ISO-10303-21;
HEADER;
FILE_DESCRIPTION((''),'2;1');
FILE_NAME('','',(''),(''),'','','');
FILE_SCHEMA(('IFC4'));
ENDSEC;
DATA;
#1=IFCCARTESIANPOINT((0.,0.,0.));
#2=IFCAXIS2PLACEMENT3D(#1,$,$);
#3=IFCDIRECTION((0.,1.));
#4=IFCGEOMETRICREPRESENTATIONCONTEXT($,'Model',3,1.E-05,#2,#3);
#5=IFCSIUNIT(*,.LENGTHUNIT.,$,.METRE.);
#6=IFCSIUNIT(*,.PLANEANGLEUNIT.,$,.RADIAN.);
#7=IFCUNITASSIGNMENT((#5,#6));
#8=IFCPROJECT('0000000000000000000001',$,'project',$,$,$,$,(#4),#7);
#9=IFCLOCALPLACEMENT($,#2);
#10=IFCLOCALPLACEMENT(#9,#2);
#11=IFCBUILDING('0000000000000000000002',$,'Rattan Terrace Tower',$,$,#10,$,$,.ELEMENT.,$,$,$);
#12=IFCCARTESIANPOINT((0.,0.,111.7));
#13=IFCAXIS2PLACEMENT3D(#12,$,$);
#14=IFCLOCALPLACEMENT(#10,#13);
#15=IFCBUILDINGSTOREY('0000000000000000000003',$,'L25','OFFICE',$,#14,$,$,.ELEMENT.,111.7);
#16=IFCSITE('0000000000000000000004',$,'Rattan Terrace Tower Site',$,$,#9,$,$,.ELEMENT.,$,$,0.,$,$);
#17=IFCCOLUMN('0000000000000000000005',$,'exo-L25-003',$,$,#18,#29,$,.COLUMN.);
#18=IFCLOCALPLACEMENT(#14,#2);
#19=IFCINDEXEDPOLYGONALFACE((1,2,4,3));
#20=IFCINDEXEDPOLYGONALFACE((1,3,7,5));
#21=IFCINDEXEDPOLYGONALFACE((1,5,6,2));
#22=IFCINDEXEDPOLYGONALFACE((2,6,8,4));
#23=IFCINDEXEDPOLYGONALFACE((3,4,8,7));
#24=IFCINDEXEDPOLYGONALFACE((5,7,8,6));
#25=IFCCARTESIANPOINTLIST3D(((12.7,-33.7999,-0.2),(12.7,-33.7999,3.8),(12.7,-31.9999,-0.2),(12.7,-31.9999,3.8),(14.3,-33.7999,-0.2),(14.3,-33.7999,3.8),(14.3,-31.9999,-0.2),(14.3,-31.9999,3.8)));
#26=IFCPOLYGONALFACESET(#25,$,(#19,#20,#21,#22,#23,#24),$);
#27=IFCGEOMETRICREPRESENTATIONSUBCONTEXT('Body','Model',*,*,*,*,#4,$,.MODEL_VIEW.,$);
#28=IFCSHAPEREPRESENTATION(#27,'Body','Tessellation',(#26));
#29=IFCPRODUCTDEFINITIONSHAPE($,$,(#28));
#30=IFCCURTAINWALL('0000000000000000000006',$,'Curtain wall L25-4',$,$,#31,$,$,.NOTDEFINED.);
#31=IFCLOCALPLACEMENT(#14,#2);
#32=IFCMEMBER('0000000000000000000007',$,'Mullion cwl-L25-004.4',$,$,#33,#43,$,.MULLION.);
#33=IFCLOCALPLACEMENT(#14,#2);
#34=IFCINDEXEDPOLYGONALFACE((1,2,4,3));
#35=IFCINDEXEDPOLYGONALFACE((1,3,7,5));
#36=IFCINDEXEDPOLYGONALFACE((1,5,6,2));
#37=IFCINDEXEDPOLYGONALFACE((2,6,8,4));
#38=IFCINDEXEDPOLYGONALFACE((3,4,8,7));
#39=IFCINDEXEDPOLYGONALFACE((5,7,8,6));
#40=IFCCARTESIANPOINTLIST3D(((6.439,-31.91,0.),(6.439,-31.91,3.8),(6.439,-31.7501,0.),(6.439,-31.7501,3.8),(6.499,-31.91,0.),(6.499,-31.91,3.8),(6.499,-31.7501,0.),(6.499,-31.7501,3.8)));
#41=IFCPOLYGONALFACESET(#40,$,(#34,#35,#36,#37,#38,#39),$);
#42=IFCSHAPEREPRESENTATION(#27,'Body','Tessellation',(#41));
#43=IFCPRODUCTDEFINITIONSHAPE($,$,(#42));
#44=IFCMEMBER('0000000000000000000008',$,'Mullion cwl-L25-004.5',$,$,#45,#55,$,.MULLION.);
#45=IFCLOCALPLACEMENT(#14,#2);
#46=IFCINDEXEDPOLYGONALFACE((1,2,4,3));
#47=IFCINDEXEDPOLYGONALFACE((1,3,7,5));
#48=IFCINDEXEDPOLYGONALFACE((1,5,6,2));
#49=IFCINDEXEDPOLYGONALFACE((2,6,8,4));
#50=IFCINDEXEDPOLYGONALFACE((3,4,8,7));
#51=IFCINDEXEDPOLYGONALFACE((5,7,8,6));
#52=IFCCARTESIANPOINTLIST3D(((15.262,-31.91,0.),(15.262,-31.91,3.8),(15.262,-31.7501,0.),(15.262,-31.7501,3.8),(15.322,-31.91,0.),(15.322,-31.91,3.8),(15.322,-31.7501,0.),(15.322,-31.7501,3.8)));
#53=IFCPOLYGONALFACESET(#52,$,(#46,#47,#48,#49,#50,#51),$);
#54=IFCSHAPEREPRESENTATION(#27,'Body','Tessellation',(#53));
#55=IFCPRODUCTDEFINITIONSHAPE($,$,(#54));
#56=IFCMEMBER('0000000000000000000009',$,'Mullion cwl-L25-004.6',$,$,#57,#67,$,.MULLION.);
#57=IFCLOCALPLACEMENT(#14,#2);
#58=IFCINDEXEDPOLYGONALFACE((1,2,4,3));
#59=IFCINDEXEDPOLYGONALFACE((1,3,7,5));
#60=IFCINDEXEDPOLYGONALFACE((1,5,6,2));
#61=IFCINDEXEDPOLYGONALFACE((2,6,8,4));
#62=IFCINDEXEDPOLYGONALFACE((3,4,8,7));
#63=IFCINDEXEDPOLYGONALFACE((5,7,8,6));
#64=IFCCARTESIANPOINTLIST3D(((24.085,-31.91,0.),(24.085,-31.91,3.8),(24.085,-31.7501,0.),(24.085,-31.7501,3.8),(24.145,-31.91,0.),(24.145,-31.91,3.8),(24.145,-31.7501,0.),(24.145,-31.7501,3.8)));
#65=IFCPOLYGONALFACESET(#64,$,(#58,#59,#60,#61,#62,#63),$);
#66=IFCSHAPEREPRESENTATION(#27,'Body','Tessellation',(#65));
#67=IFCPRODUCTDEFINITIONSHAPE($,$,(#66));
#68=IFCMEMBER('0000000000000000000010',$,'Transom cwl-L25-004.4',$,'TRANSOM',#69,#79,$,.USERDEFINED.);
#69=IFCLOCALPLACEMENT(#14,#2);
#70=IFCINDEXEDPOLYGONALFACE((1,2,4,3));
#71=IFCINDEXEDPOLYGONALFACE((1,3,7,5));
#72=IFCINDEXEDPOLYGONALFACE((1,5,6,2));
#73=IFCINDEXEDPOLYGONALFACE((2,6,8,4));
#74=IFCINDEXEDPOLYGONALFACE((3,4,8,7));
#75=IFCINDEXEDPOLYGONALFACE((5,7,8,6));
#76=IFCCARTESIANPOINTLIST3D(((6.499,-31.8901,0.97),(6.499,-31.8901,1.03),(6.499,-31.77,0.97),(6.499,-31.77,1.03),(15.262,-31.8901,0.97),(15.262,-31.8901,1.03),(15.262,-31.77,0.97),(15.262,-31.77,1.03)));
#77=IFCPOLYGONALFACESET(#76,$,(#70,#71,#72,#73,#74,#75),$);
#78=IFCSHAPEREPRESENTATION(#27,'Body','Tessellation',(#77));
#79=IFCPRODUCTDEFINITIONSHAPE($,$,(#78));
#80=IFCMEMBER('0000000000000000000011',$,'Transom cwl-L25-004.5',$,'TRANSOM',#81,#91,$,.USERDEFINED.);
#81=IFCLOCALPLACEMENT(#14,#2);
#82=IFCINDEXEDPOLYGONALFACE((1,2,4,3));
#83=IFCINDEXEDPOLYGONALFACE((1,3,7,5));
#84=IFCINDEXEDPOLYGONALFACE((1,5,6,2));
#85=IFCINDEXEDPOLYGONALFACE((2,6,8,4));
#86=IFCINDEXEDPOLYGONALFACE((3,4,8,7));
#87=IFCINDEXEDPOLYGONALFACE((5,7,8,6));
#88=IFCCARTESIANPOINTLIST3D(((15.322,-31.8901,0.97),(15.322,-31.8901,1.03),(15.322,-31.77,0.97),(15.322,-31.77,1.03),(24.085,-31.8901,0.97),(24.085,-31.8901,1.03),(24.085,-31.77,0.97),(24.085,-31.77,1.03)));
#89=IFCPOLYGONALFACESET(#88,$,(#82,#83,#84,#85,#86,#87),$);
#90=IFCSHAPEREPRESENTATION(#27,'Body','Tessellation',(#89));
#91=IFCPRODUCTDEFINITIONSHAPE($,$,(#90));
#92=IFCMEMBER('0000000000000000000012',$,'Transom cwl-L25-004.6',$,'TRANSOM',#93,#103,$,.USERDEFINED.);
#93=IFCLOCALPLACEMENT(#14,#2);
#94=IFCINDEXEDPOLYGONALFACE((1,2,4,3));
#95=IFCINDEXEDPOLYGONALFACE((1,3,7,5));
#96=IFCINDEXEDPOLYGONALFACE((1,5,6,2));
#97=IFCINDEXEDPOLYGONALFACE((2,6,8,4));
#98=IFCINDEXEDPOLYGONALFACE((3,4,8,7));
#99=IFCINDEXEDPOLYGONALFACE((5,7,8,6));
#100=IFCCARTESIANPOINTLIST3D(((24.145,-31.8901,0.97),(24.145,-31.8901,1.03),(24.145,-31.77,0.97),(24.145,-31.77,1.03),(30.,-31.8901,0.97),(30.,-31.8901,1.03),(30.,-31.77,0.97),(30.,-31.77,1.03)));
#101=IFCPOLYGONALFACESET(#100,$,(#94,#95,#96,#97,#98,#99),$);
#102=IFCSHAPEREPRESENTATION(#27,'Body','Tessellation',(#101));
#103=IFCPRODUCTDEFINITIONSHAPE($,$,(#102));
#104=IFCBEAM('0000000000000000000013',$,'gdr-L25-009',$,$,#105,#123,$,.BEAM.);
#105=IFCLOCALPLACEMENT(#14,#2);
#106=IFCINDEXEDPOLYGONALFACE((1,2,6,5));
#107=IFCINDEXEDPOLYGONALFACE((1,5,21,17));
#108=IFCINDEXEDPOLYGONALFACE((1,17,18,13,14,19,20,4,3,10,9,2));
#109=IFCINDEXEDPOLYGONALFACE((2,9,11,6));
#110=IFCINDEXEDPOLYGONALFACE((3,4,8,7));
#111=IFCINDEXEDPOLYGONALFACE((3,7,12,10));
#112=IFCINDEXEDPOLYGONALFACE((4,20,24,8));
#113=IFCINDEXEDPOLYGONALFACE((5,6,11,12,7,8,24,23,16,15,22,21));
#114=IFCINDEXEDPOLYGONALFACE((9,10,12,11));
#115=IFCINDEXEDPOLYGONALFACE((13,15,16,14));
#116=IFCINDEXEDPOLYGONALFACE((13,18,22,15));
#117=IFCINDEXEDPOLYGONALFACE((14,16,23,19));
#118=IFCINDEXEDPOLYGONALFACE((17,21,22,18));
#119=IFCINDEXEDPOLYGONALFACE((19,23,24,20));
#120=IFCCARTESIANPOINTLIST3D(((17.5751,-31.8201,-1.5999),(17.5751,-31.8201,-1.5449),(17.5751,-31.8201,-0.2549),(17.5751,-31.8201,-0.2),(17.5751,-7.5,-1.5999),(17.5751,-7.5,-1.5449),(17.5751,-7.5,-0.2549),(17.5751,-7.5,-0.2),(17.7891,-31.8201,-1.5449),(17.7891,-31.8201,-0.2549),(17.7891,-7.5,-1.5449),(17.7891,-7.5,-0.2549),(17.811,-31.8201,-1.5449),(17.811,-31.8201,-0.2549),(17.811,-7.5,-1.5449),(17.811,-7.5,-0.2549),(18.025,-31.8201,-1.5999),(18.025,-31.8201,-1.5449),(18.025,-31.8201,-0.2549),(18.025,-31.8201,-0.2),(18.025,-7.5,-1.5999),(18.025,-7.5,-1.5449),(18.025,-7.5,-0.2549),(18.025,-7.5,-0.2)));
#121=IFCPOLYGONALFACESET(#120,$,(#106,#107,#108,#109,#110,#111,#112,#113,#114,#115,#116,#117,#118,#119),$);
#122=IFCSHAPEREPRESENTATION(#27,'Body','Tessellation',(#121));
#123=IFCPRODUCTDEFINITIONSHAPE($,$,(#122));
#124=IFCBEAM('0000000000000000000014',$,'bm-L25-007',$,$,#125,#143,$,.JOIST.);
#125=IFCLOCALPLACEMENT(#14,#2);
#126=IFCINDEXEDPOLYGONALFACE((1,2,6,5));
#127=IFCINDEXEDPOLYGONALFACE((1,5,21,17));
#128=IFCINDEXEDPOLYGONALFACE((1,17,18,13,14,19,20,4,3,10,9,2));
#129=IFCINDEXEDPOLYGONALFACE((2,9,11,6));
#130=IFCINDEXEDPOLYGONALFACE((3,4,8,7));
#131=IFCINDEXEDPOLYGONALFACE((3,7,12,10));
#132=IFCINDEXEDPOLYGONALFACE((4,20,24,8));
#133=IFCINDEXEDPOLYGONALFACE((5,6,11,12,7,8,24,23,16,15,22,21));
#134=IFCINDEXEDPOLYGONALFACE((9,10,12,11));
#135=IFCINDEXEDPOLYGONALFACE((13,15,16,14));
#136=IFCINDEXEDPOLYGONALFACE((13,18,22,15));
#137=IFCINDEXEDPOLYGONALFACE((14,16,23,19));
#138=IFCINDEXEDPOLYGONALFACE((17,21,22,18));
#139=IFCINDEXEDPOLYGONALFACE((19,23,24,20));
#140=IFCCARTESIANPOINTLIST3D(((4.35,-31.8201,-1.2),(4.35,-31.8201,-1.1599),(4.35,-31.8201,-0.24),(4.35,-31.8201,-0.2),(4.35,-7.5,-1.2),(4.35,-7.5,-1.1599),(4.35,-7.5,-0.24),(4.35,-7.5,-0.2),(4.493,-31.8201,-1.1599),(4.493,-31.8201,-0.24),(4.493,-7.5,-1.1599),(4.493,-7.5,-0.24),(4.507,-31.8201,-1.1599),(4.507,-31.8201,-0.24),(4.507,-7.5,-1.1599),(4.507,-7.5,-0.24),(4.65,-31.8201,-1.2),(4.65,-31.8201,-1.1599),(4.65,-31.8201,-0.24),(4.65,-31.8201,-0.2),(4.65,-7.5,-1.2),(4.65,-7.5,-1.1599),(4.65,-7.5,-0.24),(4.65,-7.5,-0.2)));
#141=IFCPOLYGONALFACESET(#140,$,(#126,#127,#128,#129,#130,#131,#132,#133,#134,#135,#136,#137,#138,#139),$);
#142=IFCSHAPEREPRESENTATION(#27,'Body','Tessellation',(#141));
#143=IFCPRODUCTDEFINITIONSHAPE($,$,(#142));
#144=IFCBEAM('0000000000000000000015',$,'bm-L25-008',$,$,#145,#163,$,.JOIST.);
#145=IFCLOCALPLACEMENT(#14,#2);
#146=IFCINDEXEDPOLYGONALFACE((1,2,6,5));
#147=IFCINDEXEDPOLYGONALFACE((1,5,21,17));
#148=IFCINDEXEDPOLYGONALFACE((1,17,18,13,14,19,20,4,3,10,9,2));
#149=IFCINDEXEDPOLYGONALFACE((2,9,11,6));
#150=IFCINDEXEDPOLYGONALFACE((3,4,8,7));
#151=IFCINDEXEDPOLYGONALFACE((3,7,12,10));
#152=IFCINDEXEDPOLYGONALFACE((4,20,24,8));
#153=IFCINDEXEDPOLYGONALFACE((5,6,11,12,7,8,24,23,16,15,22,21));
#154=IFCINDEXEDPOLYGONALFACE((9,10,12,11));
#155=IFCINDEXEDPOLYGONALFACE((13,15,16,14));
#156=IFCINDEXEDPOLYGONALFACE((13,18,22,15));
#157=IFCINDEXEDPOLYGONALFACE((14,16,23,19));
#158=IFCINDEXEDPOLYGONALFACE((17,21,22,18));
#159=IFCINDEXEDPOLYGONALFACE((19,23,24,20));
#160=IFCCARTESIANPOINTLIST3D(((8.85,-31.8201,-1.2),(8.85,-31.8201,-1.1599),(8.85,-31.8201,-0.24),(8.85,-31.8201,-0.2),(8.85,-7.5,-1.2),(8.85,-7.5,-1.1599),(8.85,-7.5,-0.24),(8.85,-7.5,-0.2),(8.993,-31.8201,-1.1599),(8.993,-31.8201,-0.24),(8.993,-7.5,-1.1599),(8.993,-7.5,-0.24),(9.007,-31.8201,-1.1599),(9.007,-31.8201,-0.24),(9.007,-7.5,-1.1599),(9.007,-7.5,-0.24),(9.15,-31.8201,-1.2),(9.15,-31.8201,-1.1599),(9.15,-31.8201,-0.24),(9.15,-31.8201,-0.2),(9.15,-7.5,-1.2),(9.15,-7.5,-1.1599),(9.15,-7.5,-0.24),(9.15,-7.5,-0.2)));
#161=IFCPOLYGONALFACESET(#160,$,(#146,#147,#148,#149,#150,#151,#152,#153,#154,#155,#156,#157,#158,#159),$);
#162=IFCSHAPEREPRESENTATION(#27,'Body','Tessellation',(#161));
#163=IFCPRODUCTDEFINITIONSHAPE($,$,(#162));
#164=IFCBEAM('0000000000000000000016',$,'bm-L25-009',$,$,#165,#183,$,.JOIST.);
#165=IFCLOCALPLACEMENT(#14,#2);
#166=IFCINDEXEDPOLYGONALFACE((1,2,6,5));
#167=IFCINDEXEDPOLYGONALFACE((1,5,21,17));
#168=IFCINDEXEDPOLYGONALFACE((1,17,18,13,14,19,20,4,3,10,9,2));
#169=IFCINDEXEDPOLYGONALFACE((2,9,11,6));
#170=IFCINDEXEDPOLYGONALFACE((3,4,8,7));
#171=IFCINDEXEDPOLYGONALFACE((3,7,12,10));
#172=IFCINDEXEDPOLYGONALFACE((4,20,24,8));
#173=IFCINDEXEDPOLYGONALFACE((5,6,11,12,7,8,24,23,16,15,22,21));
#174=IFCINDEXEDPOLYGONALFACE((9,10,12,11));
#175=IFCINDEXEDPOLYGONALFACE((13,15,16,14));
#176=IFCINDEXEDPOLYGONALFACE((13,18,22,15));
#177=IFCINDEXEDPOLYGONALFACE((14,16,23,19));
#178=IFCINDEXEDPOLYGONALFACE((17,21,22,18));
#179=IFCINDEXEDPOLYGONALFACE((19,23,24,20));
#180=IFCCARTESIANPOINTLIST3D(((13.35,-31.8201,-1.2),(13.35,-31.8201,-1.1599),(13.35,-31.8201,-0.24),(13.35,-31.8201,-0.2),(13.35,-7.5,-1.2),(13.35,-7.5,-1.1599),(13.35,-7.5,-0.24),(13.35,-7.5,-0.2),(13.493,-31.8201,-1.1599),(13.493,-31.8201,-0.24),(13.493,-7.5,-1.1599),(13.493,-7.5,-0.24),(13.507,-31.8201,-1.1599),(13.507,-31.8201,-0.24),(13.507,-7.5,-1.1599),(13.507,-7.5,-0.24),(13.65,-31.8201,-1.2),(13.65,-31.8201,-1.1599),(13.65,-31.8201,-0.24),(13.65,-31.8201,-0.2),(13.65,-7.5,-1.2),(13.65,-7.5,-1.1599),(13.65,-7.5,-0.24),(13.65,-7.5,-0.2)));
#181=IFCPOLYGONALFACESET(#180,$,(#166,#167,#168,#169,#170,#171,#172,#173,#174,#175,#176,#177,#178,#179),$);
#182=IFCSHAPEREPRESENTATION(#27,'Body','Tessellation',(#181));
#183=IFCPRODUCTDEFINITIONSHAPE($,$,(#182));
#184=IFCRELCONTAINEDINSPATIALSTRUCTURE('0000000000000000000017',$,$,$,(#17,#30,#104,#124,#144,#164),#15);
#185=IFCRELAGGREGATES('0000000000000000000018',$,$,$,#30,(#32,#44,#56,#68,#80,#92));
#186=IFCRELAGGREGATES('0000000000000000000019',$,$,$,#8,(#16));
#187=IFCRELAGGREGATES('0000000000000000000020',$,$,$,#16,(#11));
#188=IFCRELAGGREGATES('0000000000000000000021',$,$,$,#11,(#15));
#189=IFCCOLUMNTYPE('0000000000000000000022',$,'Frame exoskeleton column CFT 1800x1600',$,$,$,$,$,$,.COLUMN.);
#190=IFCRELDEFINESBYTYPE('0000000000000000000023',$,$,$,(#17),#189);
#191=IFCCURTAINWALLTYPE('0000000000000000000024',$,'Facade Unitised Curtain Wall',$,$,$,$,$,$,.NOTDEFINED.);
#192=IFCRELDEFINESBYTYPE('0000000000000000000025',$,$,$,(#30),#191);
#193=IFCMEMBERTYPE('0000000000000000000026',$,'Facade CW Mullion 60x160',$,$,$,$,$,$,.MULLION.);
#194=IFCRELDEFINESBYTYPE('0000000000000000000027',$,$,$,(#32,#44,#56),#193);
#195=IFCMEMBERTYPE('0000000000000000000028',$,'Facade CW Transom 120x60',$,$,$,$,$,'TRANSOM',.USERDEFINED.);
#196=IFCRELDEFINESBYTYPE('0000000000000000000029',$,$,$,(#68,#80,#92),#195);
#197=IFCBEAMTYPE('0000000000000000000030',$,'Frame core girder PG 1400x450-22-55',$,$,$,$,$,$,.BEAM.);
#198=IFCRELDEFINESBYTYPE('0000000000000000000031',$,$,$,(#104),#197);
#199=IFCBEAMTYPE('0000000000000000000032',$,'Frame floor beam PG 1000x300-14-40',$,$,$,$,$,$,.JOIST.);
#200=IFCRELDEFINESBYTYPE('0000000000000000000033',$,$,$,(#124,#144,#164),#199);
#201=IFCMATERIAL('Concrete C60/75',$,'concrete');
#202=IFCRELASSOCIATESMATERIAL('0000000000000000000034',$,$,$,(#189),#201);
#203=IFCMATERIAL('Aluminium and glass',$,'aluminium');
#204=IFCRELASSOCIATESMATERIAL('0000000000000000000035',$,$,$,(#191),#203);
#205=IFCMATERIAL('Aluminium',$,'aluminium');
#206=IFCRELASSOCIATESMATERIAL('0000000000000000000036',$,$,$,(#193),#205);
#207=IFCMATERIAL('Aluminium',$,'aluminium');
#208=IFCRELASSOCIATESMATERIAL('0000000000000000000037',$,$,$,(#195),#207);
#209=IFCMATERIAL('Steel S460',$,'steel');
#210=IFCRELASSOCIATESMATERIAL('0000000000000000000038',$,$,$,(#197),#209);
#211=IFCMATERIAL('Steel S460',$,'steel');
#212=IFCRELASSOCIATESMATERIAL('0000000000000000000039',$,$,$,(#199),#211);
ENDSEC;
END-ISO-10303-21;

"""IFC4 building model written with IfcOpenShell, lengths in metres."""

from ifc_helpers import new_model, si_unit, direction, frame, origin, origin_2d, place, context, subcontext, project, spatial, rectangle, i_section, extrude, material, material_profile, profile_set, type_object, element, aggregate, save


model = new_model("IFC4")

# Units and contexts
model_context = context("Model", 3, precision=1e-05, world=origin(), true_north=direction((0.0, 1.0)))
body_context = subcontext(model_context, "Body", "Model", "MODEL_VIEW")
ifc_project = project(units=[si_unit("LENGTHUNIT", "METRE"), si_unit("PLANEANGLEUNIT", "RADIAN")], contexts=[model_context])

# Site, building, storey
site_placement = place(None, origin())
site = spatial("IfcSite", under=ifc_project, at=site_placement, Name="Rattan Terrace Tower Site", CompositionType="ELEMENT", RefElevation=0.0)
building_placement = place(site_placement, origin())
building = spatial("IfcBuilding", under=site, at=building_placement, Name="Rattan Terrace Tower", CompositionType="ELEMENT")
storey_placement = place(building_placement, frame((0.0, 0.0, 111.7)))
storey = spatial("IfcBuildingStorey", under=building, at=storey_placement, Name="L25", Description="OFFICE", CompositionType="ELEMENT", Elevation=111.7)

# Column
ifc_material_1 = material(Name="Concrete C60/75", Category="concrete")
ifc_material_profile_1 = material_profile(ifc_material_1, rectangle(XDim=1.6001, YDim=1.8, at=origin_2d()), Name="CFT 1800x1600")
ifc_profile_set_1 = profile_set([ifc_material_profile_1], Name="Concrete C60/75")
column_type = type_object("IfcColumnType", Name="Frame exoskeleton column CFT 1800x1600", PredefinedType="COLUMN", material=ifc_profile_set_1)
column_placement = place(storey_placement, frame((13.5, -32.8999, -0.2), z_axis=(0.0, 0.0, 1.0), x_axis=(1.0, 0.0, 0.0)))
element("IfcColumn", 1, at=column_placement, inside=storey, type_object=column_type, Name="exo-L25-003", PredefinedType="COLUMN", context=body_context, shape_type="SweptSolid", body=[
    extrude(rectangle(XDim=1.6001, YDim=1.8, at=origin_2d()), origin(), (0.0, 0.0, 1.0), 4.0),
])

# Curtain wall, members
ifc_material_2 = material(Name="Aluminium and glass", Category="aluminium")
curtain_wall_type = type_object("IfcCurtainWallType", Name="Facade Unitised Curtain Wall", PredefinedType="NOTDEFINED", material=ifc_material_2)
curtain_wall_placement = place(storey_placement, origin())
curtain_wall = element("IfcCurtainWall", 2, at=curtain_wall_placement, inside=storey, type_object=curtain_wall_type, Name="Curtain wall L25-4", PredefinedType="NOTDEFINED")
ifc_material_3 = material(Name="Aluminium", Category="aluminium")
ifc_material_profile_2 = material_profile(ifc_material_3, rectangle(XDim=0.0601, YDim=0.1599, at=origin_2d()), Name="Aluminium 60x160")
ifc_profile_set_2 = profile_set([ifc_material_profile_2], Name="Aluminium")
member_type_1 = type_object("IfcMemberType", Name="Facade CW Mullion 60x160", PredefinedType="MULLION", material=ifc_profile_set_2)
member_1_placement = place(storey_placement, frame((6.469, -31.8301, 0.0), z_axis=(0.0, 0.0, 1.0), x_axis=(1.0, 0.0, 0.0)))
member_1 = element("IfcMember", 3, at=member_1_placement, type_object=member_type_1, Name="Mullion cwl-L25-004.4", PredefinedType="MULLION", context=body_context, shape_type="SweptSolid", body=[
    extrude(rectangle(XDim=0.0601, YDim=0.1599, at=origin_2d()), origin(), (0.0, 0.0, 1.0), 3.8),
])
member_2_placement = place(storey_placement, frame((15.292, -31.8301, 0.0), z_axis=(0.0, 0.0, 1.0), x_axis=(1.0, 0.0, 0.0)))
member_2 = element("IfcMember", 4, at=member_2_placement, type_object=member_type_1, Name="Mullion cwl-L25-004.5", PredefinedType="MULLION", context=body_context, shape_type="SweptSolid", body=[
    extrude(rectangle(XDim=0.0601, YDim=0.1599, at=origin_2d()), origin(), (0.0, 0.0, 1.0), 3.8),
])
member_3_placement = place(storey_placement, frame((24.115, -31.8301, 0.0), z_axis=(0.0, 0.0, 1.0), x_axis=(1.0, 0.0, 0.0)))
member_3 = element("IfcMember", 5, at=member_3_placement, type_object=member_type_1, Name="Mullion cwl-L25-004.6", PredefinedType="MULLION", context=body_context, shape_type="SweptSolid", body=[
    extrude(rectangle(XDim=0.0601, YDim=0.1599, at=origin_2d()), origin(), (0.0, 0.0, 1.0), 3.8),
])
ifc_material_4 = material(Name="Aluminium", Category="aluminium")
ifc_material_profile_3 = material_profile(ifc_material_4, rectangle(XDim=0.1201, YDim=0.0601, at=origin_2d()), Name="Aluminium 120x60")
ifc_profile_set_3 = profile_set([ifc_material_profile_3], Name="Aluminium")
member_type_2 = type_object("IfcMemberType", Name="Facade CW Transom 120x60", ElementType="TRANSOM", PredefinedType="USERDEFINED", material=ifc_profile_set_3)
member_4_placement = place(storey_placement, frame((6.499, -31.8301, 1.0), z_axis=(1.0, 0.0, 0.0), x_axis=(0.0, 1.0, 0.0)))
member_4 = element("IfcMember", 6, at=member_4_placement, type_object=member_type_2, Name="Transom cwl-L25-004.4", ObjectType="TRANSOM", PredefinedType="USERDEFINED", context=body_context, shape_type="SweptSolid", body=[
    extrude(rectangle(XDim=0.1201, YDim=0.0601, at=origin_2d()), origin(), (0.0, 0.0, 1.0), 8.7629),
])
member_5_placement = place(storey_placement, frame((15.322, -31.8301, 1.0), z_axis=(1.0, 0.0, 0.0), x_axis=(0.0, 1.0, 0.0)))
member_5 = element("IfcMember", 7, at=member_5_placement, type_object=member_type_2, Name="Transom cwl-L25-004.5", ObjectType="TRANSOM", PredefinedType="USERDEFINED", context=body_context, shape_type="SweptSolid", body=[
    extrude(rectangle(XDim=0.1201, YDim=0.0601, at=origin_2d()), origin(), (0.0, 0.0, 1.0), 8.7629),
])
member_6_placement = place(storey_placement, frame((24.145, -31.8301, 1.0), z_axis=(1.0, 0.0, 0.0), x_axis=(0.0, 1.0, 0.0)))
member_6 = element("IfcMember", 8, at=member_6_placement, type_object=member_type_2, Name="Transom cwl-L25-004.6", ObjectType="TRANSOM", PredefinedType="USERDEFINED", context=body_context, shape_type="SweptSolid", body=[
    extrude(rectangle(XDim=0.1201, YDim=0.0601, at=origin_2d()), origin(), (0.0, 0.0, 1.0), 5.855),
])

# Beams
ifc_material_5 = material(Name="Steel S460", Category="steel")
ifc_material_profile_4 = material_profile(ifc_material_5, i_section(OverallWidth=0.45, OverallDepth=1.3999, WebThickness=0.022, FlangeThickness=0.0549, at=origin_2d()), Name="PG 1400x450-22-55")
ifc_profile_set_4 = profile_set([ifc_material_profile_4], Name="Steel S460")
beam_type_1 = type_object("IfcBeamType", Name="Frame core girder PG 1400x450-22-55", PredefinedType="BEAM", material=ifc_profile_set_4)
beam_placement = place(storey_placement, frame((17.8, -31.8201, -0.8999), z_axis=(0.0, 1.0, 0.0), x_axis=(-1.0, 0.0, 0.0)))
element("IfcBeam", 9, at=beam_placement, inside=storey, type_object=beam_type_1, Name="gdr-L25-009", PredefinedType="BEAM", context=body_context, shape_type="SweptSolid", body=[
    extrude(i_section(OverallWidth=0.45, OverallDepth=1.3999, WebThickness=0.022, FlangeThickness=0.0549, at=origin_2d()), origin(), (0.0, 0.0, 1.0), 24.3201),
])
ifc_material_6 = material(Name="Steel S460", Category="steel")
ifc_material_profile_5 = material_profile(ifc_material_6, i_section(OverallWidth=0.3, OverallDepth=1.0, WebThickness=0.0139, FlangeThickness=0.04, at=origin_2d()), Name="PG 1000x300-14-40")
ifc_profile_set_5 = profile_set([ifc_material_profile_5], Name="Steel S460")
beam_type_2 = type_object("IfcBeamType", Name="Frame floor beam PG 1000x300-14-40", PredefinedType="JOIST", material=ifc_profile_set_5)
for number, where, z_axis, x_axis, name in (
    (10, (4.5, -31.8201, -0.7), (0.0, 1.0, 0.0), (-1.0, 0.0, 0.0), "bm-L25-007"),
    (11, (9.0, -31.8201, -0.7), (0.0, 1.0, 0.0), (-1.0, 0.0, 0.0), "bm-L25-008"),
    (12, (13.5, -31.8201, -0.7), (0.0, 1.0, 0.0), (-1.0, 0.0, 0.0), "bm-L25-009"),
):
    element("IfcBeam", number, at=place(storey_placement, frame(where, z_axis=z_axis, x_axis=x_axis)), inside=storey, type_object=beam_type_2, Name=name, PredefinedType="JOIST", context=body_context, shape_type="SweptSolid", body=[
        extrude(i_section(OverallWidth=0.3, OverallDepth=1.0, WebThickness=0.0139, FlangeThickness=0.04, at=origin_2d()), origin(), (0.0, 0.0, 1.0), 24.3201),
    ])

aggregate(curtain_wall, [member_1, member_2, member_3, member_4, member_5, member_6])

save(model, "model.ifc")
